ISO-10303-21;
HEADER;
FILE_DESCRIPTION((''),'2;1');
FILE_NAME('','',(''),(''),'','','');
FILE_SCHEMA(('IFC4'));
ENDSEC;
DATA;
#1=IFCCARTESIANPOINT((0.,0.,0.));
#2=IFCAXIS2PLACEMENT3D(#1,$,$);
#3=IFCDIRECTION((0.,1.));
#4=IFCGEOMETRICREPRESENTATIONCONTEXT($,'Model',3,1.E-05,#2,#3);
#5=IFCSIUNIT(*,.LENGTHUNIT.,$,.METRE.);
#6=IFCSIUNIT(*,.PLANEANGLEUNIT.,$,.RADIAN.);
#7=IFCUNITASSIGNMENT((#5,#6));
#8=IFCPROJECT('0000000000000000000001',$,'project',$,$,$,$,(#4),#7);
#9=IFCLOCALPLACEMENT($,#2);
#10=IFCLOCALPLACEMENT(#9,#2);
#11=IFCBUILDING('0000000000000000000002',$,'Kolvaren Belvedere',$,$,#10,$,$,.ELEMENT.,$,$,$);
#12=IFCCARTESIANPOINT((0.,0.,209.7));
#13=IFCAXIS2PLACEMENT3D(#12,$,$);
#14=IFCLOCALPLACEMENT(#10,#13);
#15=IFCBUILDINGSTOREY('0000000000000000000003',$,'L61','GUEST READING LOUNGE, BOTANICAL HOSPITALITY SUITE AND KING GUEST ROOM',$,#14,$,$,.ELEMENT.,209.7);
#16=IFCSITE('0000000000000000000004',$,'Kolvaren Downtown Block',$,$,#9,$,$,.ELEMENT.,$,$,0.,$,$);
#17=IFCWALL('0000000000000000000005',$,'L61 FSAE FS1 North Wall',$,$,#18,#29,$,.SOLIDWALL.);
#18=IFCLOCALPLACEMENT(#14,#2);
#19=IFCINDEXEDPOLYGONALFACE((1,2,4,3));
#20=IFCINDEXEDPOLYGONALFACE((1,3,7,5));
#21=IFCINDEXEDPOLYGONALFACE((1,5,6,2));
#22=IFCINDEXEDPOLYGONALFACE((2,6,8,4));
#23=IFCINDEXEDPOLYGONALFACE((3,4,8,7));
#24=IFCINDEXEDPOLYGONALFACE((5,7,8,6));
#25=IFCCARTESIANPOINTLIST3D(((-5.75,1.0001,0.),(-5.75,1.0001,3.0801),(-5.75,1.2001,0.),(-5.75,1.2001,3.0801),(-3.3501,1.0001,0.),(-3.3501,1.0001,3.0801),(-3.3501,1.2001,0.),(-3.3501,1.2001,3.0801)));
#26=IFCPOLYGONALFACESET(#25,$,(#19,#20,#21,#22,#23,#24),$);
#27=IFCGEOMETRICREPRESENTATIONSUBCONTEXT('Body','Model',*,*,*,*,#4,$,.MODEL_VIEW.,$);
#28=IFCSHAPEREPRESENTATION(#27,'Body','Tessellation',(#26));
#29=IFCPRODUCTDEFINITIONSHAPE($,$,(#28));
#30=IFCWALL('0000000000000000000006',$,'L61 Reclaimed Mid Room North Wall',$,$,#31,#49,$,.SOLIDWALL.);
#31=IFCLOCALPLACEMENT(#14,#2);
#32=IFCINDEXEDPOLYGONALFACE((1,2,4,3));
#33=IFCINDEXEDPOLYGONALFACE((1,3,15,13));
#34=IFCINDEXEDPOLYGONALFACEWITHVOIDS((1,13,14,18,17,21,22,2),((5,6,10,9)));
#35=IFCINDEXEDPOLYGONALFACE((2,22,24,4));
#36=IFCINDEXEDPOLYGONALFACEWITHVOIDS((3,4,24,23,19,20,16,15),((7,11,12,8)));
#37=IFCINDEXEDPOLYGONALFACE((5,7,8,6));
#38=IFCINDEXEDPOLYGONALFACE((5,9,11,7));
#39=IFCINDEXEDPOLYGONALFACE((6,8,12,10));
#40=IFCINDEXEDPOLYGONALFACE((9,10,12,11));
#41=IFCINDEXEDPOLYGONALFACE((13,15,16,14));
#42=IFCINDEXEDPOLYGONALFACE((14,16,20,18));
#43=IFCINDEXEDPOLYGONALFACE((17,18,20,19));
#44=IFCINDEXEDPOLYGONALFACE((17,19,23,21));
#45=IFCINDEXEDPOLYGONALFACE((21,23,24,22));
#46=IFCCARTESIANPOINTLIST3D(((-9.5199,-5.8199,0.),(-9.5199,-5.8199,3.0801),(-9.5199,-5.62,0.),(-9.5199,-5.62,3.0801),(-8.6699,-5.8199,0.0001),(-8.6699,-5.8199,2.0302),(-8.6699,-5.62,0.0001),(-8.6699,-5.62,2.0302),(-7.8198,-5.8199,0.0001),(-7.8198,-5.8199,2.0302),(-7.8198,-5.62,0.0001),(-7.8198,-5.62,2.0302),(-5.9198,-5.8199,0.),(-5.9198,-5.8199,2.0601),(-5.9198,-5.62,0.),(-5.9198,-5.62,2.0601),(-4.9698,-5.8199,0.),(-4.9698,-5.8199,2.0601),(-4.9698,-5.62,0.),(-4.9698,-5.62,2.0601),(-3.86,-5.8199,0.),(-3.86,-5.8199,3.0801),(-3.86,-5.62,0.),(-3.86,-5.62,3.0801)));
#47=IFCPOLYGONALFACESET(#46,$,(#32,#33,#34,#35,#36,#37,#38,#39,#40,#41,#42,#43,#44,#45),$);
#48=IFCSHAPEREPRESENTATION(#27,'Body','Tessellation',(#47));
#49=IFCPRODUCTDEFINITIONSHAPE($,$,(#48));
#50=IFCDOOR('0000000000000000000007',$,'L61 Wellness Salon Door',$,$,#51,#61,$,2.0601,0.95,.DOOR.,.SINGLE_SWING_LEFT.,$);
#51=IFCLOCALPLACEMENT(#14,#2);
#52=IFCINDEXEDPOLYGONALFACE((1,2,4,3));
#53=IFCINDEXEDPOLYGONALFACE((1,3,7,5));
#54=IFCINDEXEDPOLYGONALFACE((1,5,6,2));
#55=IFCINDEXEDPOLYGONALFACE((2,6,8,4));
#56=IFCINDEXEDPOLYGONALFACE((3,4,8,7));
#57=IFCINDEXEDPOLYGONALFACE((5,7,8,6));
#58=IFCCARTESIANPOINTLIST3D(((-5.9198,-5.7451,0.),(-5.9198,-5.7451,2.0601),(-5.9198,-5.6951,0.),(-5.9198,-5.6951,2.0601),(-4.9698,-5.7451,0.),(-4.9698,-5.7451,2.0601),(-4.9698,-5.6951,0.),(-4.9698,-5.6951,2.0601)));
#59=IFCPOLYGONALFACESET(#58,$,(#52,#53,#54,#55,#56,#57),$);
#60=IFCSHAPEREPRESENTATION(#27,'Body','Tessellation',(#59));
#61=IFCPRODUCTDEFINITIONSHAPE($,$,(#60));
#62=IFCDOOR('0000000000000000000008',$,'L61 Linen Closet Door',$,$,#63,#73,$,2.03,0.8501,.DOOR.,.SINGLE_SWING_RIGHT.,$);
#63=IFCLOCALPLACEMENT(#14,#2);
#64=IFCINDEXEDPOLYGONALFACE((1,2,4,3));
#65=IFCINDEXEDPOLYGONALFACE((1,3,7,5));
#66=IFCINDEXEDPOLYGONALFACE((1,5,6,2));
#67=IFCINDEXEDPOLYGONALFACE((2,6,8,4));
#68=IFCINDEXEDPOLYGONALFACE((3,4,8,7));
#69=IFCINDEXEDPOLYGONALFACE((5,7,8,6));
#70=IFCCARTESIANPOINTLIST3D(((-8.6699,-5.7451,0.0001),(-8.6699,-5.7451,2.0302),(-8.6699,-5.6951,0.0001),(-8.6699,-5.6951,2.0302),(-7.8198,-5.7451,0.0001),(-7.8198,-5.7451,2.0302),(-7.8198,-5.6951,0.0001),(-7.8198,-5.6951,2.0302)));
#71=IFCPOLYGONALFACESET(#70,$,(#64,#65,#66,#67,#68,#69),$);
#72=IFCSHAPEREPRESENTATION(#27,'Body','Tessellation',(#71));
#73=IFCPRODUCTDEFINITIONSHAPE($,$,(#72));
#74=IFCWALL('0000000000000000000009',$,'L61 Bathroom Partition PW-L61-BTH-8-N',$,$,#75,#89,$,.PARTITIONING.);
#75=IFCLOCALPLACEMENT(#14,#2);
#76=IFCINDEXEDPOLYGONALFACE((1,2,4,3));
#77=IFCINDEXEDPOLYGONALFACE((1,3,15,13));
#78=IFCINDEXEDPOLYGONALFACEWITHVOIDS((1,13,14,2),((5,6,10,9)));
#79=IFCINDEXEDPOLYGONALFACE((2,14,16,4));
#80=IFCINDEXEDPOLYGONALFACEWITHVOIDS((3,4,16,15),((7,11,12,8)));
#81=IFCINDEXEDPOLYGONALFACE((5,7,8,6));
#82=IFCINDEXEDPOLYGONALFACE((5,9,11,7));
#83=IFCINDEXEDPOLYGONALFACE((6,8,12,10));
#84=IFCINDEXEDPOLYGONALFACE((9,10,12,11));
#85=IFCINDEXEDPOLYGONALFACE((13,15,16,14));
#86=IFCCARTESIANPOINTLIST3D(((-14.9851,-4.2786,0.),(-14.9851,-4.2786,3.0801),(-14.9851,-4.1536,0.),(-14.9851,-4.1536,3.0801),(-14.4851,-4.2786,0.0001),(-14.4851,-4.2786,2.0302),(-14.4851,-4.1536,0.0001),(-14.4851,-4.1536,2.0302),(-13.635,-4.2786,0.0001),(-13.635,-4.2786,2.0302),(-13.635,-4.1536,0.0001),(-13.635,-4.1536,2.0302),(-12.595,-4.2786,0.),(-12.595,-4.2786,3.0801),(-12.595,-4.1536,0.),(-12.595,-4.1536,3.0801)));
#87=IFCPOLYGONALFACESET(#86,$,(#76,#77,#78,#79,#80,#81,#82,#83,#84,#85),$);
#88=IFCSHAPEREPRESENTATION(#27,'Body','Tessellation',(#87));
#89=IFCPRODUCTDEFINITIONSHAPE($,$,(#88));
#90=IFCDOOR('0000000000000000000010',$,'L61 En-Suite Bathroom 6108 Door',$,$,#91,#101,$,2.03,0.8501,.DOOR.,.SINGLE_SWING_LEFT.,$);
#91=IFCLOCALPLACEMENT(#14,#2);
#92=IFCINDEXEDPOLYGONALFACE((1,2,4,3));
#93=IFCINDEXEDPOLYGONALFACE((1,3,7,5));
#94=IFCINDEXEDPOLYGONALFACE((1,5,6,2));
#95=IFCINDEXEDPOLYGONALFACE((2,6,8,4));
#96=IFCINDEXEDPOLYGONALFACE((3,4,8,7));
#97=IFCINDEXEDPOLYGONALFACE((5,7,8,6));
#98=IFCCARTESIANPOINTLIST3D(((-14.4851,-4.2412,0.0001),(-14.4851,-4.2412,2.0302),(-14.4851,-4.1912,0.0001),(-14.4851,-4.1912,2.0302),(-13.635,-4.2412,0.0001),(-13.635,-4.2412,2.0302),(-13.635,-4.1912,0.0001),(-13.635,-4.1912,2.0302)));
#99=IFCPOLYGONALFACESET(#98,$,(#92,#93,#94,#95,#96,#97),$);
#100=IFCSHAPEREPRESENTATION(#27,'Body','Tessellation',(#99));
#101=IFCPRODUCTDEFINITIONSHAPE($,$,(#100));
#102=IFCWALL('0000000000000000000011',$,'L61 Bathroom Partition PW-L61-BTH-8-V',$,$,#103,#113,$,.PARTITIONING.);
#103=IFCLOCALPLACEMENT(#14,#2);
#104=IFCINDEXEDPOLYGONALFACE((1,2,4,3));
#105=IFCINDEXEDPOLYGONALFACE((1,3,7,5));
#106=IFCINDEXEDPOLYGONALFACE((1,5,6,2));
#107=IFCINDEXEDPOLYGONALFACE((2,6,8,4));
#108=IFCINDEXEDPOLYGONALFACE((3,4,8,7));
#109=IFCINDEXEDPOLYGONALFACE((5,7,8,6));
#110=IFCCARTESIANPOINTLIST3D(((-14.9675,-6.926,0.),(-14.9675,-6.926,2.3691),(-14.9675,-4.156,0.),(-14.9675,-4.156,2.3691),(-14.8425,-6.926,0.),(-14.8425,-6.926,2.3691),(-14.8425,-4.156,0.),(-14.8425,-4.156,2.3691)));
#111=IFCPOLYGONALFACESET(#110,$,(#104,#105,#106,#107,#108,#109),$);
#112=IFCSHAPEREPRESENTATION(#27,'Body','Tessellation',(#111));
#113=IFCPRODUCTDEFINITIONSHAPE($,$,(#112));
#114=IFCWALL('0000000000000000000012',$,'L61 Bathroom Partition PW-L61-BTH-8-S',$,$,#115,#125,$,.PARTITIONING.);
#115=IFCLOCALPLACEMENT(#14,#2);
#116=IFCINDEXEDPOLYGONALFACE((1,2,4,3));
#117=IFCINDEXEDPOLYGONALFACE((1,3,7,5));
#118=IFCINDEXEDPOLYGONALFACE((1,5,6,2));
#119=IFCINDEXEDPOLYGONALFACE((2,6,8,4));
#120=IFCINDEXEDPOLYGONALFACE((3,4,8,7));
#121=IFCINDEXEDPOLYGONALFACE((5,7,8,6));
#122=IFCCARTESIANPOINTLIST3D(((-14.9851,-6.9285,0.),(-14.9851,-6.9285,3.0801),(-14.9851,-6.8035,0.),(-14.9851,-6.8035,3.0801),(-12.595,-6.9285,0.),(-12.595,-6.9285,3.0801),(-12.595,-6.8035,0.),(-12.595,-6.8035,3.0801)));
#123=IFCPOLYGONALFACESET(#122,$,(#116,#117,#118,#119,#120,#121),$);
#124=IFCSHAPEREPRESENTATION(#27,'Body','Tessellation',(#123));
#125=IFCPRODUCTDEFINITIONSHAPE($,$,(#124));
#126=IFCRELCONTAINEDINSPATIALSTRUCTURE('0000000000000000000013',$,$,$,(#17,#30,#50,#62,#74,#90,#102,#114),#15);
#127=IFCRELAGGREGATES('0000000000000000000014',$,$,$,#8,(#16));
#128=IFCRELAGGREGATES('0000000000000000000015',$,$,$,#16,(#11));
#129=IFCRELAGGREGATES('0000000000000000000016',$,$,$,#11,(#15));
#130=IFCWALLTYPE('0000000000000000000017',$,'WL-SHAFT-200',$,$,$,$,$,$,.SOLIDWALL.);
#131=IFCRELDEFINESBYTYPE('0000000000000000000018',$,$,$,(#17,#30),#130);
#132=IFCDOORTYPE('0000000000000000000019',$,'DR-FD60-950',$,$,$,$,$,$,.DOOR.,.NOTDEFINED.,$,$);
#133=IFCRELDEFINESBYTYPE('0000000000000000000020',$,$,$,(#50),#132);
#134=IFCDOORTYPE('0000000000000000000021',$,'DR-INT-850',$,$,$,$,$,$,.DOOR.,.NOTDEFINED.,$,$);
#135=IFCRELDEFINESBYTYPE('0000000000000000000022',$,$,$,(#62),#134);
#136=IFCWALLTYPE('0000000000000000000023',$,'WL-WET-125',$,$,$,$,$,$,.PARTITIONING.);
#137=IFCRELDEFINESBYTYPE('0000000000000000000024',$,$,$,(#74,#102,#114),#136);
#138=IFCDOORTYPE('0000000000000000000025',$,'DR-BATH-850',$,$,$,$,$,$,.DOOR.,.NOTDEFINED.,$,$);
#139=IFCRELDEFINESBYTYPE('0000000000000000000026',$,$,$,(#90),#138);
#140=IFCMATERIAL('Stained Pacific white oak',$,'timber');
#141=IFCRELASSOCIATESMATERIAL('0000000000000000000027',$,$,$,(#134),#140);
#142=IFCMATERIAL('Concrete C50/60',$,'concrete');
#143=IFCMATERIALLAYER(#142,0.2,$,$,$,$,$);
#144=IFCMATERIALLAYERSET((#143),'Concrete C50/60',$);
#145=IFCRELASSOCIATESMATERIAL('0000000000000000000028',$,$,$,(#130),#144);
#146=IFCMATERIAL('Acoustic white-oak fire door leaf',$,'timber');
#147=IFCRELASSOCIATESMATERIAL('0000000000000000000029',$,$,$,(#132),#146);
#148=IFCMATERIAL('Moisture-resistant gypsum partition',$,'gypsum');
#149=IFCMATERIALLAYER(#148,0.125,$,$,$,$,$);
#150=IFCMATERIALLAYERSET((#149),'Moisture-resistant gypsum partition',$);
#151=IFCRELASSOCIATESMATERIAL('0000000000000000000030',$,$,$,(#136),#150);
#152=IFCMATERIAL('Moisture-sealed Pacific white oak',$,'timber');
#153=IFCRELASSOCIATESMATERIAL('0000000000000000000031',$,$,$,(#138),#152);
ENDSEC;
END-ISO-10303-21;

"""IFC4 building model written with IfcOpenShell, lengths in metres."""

from ifc_helpers import new_model, si_unit, direction, frame, frame_2d, origin, place, context, subcontext, project, spatial, rectangle, extrude, material, layer, layer_set, type_object, element, fill, save


model = new_model("IFC4")

# Units and contexts
model_context = context("Model", 3, precision=1e-05, world=origin(), true_north=direction((0.0, 1.0)))
body_context = subcontext(model_context, "Body", "Model", "MODEL_VIEW")
ifc_project = project(units=[si_unit("LENGTHUNIT", "METRE"), si_unit("PLANEANGLEUNIT", "RADIAN")], contexts=[model_context])

# Site, building, storey
site_placement = place(None, origin())
site = spatial("IfcSite", under=ifc_project, at=site_placement, Name="Kolvaren Downtown Block", CompositionType="ELEMENT", RefElevation=0.0)
building_placement = place(site_placement, origin())
building = spatial("IfcBuilding", under=site, at=building_placement, Name="Kolvaren Belvedere", CompositionType="ELEMENT")
storey_placement = place(building_placement, frame((0.0, 0.0, 209.7)))
storey = spatial("IfcBuildingStorey", under=building, at=storey_placement, Name="L61", Description="GUEST READING LOUNGE, BOTANICAL HOSPITALITY SUITE AND KING GUEST ROOM", CompositionType="ELEMENT", Elevation=209.7)

# Shared definitions
ifc_material_1 = material(Name="Stained Pacific white oak", Category="timber")
door_type_1 = type_object("IfcDoorType", Name="DR-INT-850", OperationType="NOTDEFINED", PredefinedType="DOOR", material=ifc_material_1)

# Shared definitions
ifc_material_2 = material(Name="Concrete C50/60", Category="concrete")
ifc_layer_1 = layer(ifc_material_2, 0.2)
ifc_layer_set_1 = layer_set([ifc_layer_1], Name="Concrete C50/60")
wall_type_1 = type_object("IfcWallType", Name="WL-SHAFT-200", PredefinedType="SOLIDWALL", material=ifc_layer_set_1)
ifc_material_3 = material(Name="Acoustic white-oak fire door leaf", Category="timber")
door_type_2 = type_object("IfcDoorType", Name="DR-FD60-950", OperationType="NOTDEFINED", PredefinedType="DOOR", material=ifc_material_3)

# Wall
for number, where, z_axis, x_axis, name in (
    (1, (-5.75, 1.1001, 0.0), (0.0, 0.0, 1.0), (1.0, 0.0, 0.0), "L61 FSAE FS1 North Wall"),
):
    element("IfcWall", number, at=place(storey_placement, frame(where, z_axis=z_axis, x_axis=x_axis)), inside=storey, type_object=wall_type_1, Name=name, PredefinedType="SOLIDWALL", context=body_context, shape_type="SweptSolid", body=[
        extrude(rectangle(XDim=2.3999, YDim=0.2, at=frame_2d((1.2, 0.0))), origin(), (0.0, 0.0, 1.0), 3.0801),
    ])

# Wall, openings, doors
wall_1_placement = place(storey_placement, frame((-9.52, -5.72, 0.0), z_axis=(0.0, 0.0, 1.0), x_axis=(1.0, 0.0, 0.0)))
wall_1 = element("IfcWall", 2, at=wall_1_placement, inside=storey, type_object=wall_type_1, Name="L61 Reclaimed Mid Room North Wall", PredefinedType="SOLIDWALL", context=body_context, shape_type="SweptSolid", body=[
    extrude(rectangle(XDim=5.6599, YDim=0.2, at=frame_2d((2.8301, 0.0))), origin(), (0.0, 0.0, 1.0), 3.0801),
])
opening_1_placement = place(wall_1_placement, frame((3.6001, 0.0, 0.0)))
opening_1 = element("IfcOpeningElement", 3, at=opening_1_placement, cuts=wall_1, PredefinedType="OPENING", context=body_context, shape_type="SweptSolid", body=[
    extrude(rectangle(XDim=0.95, YDim=2.0601, at=frame_2d((0.4751, 1.03))), frame((0.0, 0.1099, 0.0), z_axis=(0.0, -1.0, 0.0), x_axis=(1.0, 0.0, 0.0)), (0.0, 0.0, 1.0), 0.22),
])
opening_2_placement = place(wall_1_placement, frame((0.8501, 0.0, 0.0)))
opening_2 = element("IfcOpeningElement", 4, at=opening_2_placement, cuts=wall_1, PredefinedType="OPENING", context=body_context, shape_type="SweptSolid", body=[
    extrude(rectangle(XDim=0.8501, YDim=2.03, at=frame_2d((0.425, 1.0151))), frame((0.0, 0.1099, 0.0), z_axis=(0.0, -1.0, 0.0), x_axis=(1.0, 0.0, 0.0)), (0.0, 0.0, 1.0), 0.22),
])
door_1_placement = place(opening_1_placement, origin())
door_1 = element("IfcDoor", 5, at=door_1_placement, inside=storey, type_object=door_type_2, Name="L61 Wellness Salon Door", OperationType="SINGLE_SWING_LEFT", OverallHeight=2.0601, OverallWidth=0.95, PredefinedType="DOOR", context=body_context, shape_type="SweptSolid", body=[
    extrude(rectangle(XDim=0.95, YDim=2.0601, at=frame_2d((0.4751, 1.03))), frame((0.0, 0.0249, 0.0), z_axis=(0.0, -1.0, 0.0), x_axis=(1.0, 0.0, 0.0)), (0.0, 0.0, 1.0), 0.05),
])
fill(opening_1, door_1)
door_2_placement = place(opening_2_placement, origin())
door_2 = element("IfcDoor", 6, at=door_2_placement, inside=storey, type_object=door_type_1, Name="L61 Linen Closet Door", OperationType="SINGLE_SWING_RIGHT", OverallHeight=2.03, OverallWidth=0.8501, PredefinedType="DOOR", context=body_context, shape_type="SweptSolid", body=[
    extrude(rectangle(XDim=0.8501, YDim=2.03, at=frame_2d((0.425, 1.0151))), frame((0.0, 0.0249, 0.0), z_axis=(0.0, -1.0, 0.0), x_axis=(1.0, 0.0, 0.0)), (0.0, 0.0, 1.0), 0.05),
])
fill(opening_2, door_2)

# Wall, opening, door
ifc_material_4 = material(Name="Moisture-resistant gypsum partition", Category="gypsum")
ifc_layer_2 = layer(ifc_material_4, 0.125)
ifc_layer_set_2 = layer_set([ifc_layer_2], Name="Moisture-resistant gypsum partition")
wall_type_2 = type_object("IfcWallType", Name="WL-WET-125", PredefinedType="PARTITIONING", material=ifc_layer_set_2)
wall_2_placement = place(storey_placement, frame((-14.9851, -4.2161, 0.0), z_axis=(0.0, 0.0, 1.0), x_axis=(1.0, 0.0, 0.0)))
wall_2 = element("IfcWall", 7, at=wall_2_placement, inside=storey, type_object=wall_type_2, Name="L61 Bathroom Partition PW-L61-BTH-8-N", PredefinedType="PARTITIONING", context=body_context, shape_type="SweptSolid", body=[
    extrude(rectangle(XDim=2.3901, YDim=0.125, at=frame_2d((1.1951, 0.0))), origin(), (0.0, 0.0, 1.0), 3.0801),
])
opening_3_placement = place(wall_2_placement, frame((0.5, 0.0, 0.0)))
opening_3 = element("IfcOpeningElement", 8, at=opening_3_placement, cuts=wall_2, PredefinedType="OPENING", context=body_context, shape_type="SweptSolid", body=[
    extrude(rectangle(XDim=0.8501, YDim=2.03, at=frame_2d((0.425, 1.0151))), frame((0.0, 0.0725, 0.0), z_axis=(0.0, -1.0, 0.0), x_axis=(1.0, 0.0, 0.0)), (0.0, 0.0, 1.0), 0.145),
])
ifc_material_5 = material(Name="Moisture-sealed Pacific white oak", Category="timber")
door_type_3 = type_object("IfcDoorType", Name="DR-BATH-850", OperationType="NOTDEFINED", PredefinedType="DOOR", material=ifc_material_5)
door_3_placement = place(opening_3_placement, origin())
door_3 = element("IfcDoor", 9, at=door_3_placement, inside=storey, type_object=door_type_3, Name="L61 En-Suite Bathroom 6108 Door", OperationType="SINGLE_SWING_LEFT", OverallHeight=2.03, OverallWidth=0.8501, PredefinedType="DOOR", context=body_context, shape_type="SweptSolid", body=[
    extrude(rectangle(XDim=0.8501, YDim=2.03, at=frame_2d((0.425, 1.0151))), frame((0.0, 0.0249, 0.0), z_axis=(0.0, -1.0, 0.0), x_axis=(1.0, 0.0, 0.0)), (0.0, 0.0, 1.0), 0.05),
])
fill(opening_3, door_3)

# Walls
wall_3_placement = place(storey_placement, frame((-14.905, -6.926, 0.0), z_axis=(0.0, 0.0, 1.0), x_axis=(0.0, 1.0, 0.0)))
element("IfcWall", 10, at=wall_3_placement, inside=storey, type_object=wall_type_2, Name="L61 Bathroom Partition PW-L61-BTH-8-V", PredefinedType="PARTITIONING", context=body_context, shape_type="SweptSolid", body=[
    extrude(rectangle(XDim=2.77, YDim=0.125, at=frame_2d((1.385, 0.0))), origin(), (0.0, 0.0, 1.0), 2.3691),
])
wall_4_placement = place(storey_placement, frame((-14.9851, -6.866, 0.0), z_axis=(0.0, 0.0, 1.0), x_axis=(1.0, 0.0, 0.0)))
element("IfcWall", 11, at=wall_4_placement, inside=storey, type_object=wall_type_2, Name="L61 Bathroom Partition PW-L61-BTH-8-S", PredefinedType="PARTITIONING", context=body_context, shape_type="SweptSolid", body=[
    extrude(rectangle(XDim=2.3901, YDim=0.125, at=frame_2d((1.1951, 0.0))), origin(), (0.0, 0.0, 1.0), 3.0801),
])

save(model, "model.ifc")
